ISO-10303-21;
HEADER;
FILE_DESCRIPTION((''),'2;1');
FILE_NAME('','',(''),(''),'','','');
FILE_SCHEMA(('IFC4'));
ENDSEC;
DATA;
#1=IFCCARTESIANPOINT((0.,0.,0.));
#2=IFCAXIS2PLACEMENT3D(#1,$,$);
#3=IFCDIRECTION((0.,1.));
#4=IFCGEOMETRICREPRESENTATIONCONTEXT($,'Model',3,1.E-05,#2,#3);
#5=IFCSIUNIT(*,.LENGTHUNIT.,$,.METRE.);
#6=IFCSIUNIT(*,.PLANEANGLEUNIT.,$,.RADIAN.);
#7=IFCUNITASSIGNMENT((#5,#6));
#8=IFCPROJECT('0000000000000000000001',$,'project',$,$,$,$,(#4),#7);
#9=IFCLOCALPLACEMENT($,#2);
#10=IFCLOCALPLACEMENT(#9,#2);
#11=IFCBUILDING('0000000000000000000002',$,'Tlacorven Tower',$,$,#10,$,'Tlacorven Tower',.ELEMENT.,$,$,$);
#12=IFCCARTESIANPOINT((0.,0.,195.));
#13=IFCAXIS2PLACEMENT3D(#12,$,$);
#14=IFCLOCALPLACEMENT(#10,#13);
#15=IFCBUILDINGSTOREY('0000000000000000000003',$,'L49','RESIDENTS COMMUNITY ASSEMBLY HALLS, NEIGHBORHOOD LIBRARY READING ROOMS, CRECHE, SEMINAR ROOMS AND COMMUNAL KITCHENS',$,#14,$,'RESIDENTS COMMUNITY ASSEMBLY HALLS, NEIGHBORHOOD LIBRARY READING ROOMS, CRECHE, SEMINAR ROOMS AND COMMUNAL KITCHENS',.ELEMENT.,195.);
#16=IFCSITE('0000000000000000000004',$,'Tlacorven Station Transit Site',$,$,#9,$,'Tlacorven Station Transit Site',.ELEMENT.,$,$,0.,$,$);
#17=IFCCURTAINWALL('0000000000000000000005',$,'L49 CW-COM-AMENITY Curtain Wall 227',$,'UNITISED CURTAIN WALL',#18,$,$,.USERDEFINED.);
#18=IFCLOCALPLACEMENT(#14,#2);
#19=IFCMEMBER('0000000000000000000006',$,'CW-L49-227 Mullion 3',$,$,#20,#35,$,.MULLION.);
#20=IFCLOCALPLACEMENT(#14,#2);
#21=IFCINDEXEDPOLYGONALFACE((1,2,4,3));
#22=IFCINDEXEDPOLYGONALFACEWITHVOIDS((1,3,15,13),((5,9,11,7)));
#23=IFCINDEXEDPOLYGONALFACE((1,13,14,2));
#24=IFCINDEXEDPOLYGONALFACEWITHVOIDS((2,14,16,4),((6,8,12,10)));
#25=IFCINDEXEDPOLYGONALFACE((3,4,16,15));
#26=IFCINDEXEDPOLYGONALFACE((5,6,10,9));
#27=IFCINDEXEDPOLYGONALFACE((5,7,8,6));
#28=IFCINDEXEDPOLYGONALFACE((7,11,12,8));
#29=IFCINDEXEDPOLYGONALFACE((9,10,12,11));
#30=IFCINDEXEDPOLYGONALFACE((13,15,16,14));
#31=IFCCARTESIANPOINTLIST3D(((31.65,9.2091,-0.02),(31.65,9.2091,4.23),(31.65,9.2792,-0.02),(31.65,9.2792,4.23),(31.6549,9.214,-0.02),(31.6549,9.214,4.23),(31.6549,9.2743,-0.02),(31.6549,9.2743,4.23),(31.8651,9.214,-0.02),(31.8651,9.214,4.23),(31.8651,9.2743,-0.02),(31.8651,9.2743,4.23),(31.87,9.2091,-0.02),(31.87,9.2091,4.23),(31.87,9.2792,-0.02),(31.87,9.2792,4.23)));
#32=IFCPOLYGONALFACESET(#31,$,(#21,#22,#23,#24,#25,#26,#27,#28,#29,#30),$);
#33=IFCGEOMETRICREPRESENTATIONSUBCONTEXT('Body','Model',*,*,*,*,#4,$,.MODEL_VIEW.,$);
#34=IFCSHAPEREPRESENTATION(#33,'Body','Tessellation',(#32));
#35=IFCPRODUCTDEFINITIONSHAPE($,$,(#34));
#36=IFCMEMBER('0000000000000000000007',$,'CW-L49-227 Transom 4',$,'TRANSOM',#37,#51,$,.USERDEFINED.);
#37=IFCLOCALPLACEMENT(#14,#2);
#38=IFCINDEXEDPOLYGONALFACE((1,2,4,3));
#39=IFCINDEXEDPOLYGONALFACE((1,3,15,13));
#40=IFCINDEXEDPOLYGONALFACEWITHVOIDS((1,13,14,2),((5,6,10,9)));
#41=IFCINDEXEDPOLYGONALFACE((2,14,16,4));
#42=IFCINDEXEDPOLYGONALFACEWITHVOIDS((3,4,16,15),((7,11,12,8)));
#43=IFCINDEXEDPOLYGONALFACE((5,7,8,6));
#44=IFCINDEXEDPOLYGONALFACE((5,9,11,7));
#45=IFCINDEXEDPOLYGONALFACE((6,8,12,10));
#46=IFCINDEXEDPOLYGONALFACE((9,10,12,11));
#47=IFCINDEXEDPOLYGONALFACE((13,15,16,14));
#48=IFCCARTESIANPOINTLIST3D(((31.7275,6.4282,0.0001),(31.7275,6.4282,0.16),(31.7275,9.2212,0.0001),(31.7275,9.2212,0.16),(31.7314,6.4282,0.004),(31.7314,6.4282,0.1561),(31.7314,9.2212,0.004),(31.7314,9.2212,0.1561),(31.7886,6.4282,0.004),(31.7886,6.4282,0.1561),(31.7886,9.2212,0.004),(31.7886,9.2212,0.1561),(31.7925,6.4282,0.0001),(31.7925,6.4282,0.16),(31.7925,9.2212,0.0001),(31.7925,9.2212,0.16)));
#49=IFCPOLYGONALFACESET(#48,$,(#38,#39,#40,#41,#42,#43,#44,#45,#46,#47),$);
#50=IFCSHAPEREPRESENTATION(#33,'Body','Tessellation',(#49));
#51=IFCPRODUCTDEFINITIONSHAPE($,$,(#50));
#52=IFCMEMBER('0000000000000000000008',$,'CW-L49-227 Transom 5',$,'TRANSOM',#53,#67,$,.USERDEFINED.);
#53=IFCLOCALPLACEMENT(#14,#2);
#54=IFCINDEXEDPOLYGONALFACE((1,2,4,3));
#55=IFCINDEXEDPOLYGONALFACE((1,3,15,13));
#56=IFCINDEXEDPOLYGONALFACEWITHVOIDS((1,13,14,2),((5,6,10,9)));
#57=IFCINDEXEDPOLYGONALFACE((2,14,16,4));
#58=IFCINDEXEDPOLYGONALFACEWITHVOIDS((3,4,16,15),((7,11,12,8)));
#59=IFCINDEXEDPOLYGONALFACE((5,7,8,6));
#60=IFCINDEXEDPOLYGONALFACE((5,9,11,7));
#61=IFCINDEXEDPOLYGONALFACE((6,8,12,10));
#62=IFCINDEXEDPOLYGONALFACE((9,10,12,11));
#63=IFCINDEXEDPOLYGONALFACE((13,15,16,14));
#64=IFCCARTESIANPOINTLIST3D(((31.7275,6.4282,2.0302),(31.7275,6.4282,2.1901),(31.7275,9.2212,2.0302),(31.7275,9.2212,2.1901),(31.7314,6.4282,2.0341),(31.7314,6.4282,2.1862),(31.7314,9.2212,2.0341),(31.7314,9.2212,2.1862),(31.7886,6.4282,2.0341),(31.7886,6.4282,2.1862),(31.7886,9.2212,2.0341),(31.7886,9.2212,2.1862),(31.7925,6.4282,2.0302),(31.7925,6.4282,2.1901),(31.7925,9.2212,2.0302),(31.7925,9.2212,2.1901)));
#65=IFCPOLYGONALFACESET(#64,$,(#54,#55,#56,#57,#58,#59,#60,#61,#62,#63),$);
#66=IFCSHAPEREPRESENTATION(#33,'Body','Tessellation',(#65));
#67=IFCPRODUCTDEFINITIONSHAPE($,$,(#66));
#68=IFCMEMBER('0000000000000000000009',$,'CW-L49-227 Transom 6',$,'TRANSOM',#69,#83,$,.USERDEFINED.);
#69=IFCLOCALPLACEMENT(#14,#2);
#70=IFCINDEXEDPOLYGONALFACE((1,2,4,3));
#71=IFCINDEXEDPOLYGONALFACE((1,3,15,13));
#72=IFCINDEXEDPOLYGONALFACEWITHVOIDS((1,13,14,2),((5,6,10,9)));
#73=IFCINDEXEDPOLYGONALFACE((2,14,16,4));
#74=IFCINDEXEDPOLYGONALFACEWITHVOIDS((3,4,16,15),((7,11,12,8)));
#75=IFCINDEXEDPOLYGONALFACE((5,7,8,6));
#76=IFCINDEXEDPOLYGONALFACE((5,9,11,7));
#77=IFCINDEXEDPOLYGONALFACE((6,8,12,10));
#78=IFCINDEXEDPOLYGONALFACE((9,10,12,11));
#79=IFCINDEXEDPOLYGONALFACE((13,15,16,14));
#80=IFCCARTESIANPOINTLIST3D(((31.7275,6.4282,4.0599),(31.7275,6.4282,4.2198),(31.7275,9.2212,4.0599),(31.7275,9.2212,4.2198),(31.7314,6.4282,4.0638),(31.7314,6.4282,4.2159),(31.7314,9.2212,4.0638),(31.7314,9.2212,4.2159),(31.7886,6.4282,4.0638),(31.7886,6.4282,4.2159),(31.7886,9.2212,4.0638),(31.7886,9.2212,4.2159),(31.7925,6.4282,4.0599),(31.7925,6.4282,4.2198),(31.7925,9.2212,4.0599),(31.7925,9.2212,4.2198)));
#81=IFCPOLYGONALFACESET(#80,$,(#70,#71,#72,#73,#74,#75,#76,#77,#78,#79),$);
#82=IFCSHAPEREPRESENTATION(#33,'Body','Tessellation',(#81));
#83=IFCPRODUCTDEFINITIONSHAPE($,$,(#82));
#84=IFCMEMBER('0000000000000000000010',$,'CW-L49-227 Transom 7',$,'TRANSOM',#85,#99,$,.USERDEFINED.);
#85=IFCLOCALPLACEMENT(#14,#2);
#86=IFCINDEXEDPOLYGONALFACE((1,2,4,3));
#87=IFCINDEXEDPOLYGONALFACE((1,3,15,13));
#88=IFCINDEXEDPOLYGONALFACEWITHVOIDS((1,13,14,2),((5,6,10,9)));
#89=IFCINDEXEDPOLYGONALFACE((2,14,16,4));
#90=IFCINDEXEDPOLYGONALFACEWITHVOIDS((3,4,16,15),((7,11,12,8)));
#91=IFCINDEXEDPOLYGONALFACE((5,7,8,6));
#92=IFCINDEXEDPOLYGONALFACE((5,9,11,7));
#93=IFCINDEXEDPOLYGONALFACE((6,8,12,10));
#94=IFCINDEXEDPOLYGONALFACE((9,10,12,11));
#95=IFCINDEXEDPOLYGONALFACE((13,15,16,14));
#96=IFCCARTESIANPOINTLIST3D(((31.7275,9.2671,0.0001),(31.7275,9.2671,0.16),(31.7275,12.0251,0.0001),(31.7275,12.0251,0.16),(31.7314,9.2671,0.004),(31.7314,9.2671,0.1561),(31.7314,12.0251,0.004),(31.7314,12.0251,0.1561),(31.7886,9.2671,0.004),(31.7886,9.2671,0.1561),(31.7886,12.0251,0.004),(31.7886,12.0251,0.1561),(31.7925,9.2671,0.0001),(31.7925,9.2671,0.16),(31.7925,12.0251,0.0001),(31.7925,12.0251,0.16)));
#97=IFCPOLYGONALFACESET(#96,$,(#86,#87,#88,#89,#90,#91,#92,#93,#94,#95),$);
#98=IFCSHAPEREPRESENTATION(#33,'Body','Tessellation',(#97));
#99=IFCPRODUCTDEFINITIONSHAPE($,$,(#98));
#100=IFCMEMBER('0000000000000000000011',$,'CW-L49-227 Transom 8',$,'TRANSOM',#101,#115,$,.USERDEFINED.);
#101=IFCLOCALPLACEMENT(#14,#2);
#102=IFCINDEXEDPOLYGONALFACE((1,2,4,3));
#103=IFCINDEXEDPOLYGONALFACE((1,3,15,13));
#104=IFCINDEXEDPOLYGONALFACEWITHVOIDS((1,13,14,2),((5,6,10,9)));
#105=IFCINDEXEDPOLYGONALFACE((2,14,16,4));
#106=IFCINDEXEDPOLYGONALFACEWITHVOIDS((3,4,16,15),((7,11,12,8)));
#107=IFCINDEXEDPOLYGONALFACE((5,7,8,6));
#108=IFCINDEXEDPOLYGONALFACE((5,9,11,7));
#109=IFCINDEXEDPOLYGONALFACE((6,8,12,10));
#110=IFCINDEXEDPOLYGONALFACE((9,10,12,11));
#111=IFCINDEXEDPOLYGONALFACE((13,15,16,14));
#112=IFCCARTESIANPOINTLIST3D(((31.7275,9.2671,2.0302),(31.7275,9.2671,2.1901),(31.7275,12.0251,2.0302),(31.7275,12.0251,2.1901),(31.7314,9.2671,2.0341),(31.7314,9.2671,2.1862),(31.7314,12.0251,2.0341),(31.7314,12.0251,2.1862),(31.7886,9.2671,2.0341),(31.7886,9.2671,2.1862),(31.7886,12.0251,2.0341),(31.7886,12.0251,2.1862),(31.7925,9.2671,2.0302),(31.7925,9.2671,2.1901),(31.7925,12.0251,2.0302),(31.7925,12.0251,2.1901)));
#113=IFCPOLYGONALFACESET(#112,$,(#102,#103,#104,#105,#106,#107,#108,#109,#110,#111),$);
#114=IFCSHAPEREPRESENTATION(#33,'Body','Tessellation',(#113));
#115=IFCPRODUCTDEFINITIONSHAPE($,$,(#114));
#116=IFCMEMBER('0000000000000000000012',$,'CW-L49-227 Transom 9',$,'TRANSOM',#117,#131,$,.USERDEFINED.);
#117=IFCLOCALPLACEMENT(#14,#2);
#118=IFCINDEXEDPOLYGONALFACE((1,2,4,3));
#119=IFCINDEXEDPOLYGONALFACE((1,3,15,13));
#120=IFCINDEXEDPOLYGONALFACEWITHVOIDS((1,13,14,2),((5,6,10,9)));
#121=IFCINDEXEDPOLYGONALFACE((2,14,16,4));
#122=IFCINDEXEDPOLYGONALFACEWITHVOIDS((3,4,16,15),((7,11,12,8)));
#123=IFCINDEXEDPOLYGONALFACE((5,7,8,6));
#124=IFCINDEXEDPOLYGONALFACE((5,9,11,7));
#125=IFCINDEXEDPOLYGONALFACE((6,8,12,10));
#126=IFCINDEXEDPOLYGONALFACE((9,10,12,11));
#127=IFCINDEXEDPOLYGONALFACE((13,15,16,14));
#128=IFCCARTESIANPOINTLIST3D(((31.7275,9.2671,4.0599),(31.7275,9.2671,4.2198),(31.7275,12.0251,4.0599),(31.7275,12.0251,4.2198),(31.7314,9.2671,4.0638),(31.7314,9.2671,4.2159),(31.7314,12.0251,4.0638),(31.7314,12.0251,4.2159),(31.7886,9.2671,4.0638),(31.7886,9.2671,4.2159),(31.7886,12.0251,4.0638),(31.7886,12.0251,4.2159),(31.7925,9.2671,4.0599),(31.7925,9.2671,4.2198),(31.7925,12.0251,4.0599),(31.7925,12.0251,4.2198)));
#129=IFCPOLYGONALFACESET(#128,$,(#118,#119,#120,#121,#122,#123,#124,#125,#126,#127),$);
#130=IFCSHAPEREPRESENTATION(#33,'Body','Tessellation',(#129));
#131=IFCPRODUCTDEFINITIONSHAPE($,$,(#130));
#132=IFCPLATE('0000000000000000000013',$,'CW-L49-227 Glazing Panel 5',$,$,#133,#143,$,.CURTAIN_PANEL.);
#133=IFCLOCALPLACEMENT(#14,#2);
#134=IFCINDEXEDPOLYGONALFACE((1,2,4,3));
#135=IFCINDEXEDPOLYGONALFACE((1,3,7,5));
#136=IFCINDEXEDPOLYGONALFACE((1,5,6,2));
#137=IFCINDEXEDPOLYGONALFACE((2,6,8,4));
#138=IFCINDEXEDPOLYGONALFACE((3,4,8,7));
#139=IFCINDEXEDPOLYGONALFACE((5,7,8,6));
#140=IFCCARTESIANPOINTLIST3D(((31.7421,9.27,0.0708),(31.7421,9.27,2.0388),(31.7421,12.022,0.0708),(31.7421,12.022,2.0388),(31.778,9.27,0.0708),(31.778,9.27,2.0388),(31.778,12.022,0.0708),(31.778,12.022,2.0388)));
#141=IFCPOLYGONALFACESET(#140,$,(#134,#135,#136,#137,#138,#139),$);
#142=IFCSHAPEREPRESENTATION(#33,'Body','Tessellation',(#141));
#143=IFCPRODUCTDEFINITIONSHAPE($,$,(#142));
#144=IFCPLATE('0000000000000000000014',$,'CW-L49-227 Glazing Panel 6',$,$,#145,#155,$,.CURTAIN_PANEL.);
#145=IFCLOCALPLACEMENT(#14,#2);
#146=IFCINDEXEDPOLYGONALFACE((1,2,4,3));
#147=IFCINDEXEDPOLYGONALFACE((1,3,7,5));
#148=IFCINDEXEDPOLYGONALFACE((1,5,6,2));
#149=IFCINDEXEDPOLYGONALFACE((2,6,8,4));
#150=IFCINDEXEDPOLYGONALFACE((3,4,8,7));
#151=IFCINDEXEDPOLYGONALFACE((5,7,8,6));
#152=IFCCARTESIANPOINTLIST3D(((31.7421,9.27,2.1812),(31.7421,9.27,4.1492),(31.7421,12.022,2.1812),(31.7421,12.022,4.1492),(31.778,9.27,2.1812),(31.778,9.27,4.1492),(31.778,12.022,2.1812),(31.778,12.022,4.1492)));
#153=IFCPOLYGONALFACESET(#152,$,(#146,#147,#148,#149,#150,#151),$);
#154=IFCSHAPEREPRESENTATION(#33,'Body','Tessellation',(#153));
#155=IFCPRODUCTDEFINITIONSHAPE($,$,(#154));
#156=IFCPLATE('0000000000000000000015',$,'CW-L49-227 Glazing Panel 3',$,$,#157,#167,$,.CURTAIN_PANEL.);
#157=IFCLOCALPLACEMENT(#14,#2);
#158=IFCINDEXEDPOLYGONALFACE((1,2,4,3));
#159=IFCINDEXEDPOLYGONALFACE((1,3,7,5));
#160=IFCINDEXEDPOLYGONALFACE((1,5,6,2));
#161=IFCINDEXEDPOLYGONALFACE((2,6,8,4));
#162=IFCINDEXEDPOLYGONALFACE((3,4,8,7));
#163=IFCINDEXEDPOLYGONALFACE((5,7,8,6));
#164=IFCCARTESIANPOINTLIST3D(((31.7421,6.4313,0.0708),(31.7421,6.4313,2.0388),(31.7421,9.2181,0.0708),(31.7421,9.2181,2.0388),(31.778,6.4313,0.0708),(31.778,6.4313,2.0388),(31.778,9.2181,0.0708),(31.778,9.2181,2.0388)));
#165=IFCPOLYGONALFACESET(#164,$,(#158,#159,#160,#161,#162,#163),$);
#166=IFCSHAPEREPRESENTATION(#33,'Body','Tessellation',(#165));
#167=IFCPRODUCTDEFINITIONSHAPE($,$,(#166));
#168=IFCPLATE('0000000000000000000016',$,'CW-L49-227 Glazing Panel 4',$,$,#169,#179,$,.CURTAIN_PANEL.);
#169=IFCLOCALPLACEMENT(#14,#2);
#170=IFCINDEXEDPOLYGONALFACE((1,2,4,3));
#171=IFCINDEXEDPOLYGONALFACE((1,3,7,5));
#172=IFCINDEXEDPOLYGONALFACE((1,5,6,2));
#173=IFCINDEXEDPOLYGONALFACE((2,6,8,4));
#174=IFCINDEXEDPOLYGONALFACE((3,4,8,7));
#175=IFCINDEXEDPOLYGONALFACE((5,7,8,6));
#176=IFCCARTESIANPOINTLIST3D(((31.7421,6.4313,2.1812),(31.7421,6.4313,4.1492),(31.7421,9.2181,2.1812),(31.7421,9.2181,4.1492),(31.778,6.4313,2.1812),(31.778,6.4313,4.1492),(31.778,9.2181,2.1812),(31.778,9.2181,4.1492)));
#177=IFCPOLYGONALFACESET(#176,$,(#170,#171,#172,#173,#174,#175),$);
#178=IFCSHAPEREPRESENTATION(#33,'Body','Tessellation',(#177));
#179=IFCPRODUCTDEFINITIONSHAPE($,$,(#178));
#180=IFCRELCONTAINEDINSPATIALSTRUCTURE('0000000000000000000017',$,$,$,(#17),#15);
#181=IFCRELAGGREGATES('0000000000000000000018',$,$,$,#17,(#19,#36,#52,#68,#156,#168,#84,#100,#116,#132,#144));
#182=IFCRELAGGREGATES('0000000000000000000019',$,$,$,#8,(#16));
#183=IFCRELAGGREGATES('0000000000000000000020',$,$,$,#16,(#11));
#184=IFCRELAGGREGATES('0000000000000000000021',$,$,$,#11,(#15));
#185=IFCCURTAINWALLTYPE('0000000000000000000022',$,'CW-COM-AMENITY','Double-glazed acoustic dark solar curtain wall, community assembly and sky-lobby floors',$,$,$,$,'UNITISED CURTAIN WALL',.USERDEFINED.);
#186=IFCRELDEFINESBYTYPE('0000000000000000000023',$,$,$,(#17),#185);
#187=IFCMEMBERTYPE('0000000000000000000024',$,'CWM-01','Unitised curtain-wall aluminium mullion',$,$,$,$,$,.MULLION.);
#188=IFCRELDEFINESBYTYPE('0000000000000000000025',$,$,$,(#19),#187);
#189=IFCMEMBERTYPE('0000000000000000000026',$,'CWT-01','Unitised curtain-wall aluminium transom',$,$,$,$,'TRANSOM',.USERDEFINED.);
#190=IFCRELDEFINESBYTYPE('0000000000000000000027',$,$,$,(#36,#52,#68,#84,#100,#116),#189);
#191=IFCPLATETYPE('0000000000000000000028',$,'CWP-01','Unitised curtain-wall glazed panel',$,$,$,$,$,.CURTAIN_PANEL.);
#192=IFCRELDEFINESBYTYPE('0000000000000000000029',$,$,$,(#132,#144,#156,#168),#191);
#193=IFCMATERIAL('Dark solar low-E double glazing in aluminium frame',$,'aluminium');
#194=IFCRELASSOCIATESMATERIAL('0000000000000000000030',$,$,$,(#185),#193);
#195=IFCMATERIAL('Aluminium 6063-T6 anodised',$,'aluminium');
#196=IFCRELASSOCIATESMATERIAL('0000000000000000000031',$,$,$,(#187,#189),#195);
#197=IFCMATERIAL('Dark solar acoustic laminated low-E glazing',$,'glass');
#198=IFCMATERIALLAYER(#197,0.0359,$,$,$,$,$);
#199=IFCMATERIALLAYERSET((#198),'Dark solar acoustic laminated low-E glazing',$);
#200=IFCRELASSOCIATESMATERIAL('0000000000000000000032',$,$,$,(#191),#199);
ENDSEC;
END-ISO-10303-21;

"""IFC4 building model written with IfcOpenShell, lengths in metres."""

from ifc_helpers import new_model, si_unit, direction, frame, origin, origin_2d, place, context, subcontext, project, spatial, rectangle, hollow_rectangle, extrude, source, transform, mapped, material, layer, layer_set, material_profile, profile_set, type_object, element, aggregate, save


model = new_model("IFC4")

# Units and contexts
model_context = context("Model", 3, precision=1e-05, world=origin(), true_north=direction((0.0, 1.0)))
body_context = subcontext(model_context, "Body", "Model", "MODEL_VIEW")
ifc_project = project(units=[si_unit("LENGTHUNIT", "METRE"), si_unit("PLANEANGLEUNIT", "RADIAN")], contexts=[model_context])

# Site, building, storey
site_placement = place(None, origin())
site = spatial("IfcSite", under=ifc_project, at=site_placement, Name="Tlacorven Station Transit Site", LongName="Tlacorven Station Transit Site", CompositionType="ELEMENT", RefElevation=0.0)
building_placement = place(site_placement, origin())
building = spatial("IfcBuilding", under=site, at=building_placement, Name="Tlacorven Tower", LongName="Tlacorven Tower", CompositionType="ELEMENT")
storey_placement = place(building_placement, frame((0.0, 0.0, 195.0)))
storey = spatial("IfcBuildingStorey", under=building, at=storey_placement, Name="L49", Description="RESIDENTS COMMUNITY ASSEMBLY HALLS, NEIGHBORHOOD LIBRARY READING ROOMS, CRECHE, SEMINAR ROOMS AND COMMUNAL KITCHENS", LongName="RESIDENTS COMMUNITY ASSEMBLY HALLS, NEIGHBORHOOD LIBRARY READING ROOMS, CRECHE, SEMINAR ROOMS AND COMMUNAL KITCHENS", CompositionType="ELEMENT", Elevation=195.0)

# Curtain wall, members, plates
ifc_material_1 = material(Name="Dark solar low-E double glazing in aluminium frame", Category="aluminium")
curtain_wall_type = type_object("IfcCurtainWallType", Name="CW-COM-AMENITY", Description="Double-glazed acoustic dark solar curtain wall, community assembly and sky-lobby floors", ElementType="UNITISED CURTAIN WALL", PredefinedType="USERDEFINED", material=ifc_material_1)
curtain_wall_placement = place(storey_placement, origin())
curtain_wall = element("IfcCurtainWall", 1, at=curtain_wall_placement, inside=storey, type_object=curtain_wall_type, Name="L49 CW-COM-AMENITY Curtain Wall 227", ObjectType="UNITISED CURTAIN WALL", PredefinedType="USERDEFINED")
ifc_material_2 = material(Name="Aluminium 6063-T6 anodised", Category="aluminium")
ifc_material_profile_1 = material_profile(ifc_material_2, hollow_rectangle(XDim=0.0701, YDim=0.22, WallThickness=0.0049, at=origin_2d()), Name="ALU MULLION 70X220")
ifc_profile_set_1 = profile_set([ifc_material_profile_1], Name="Aluminium 6063-T6 anodised")
member_type_1 = type_object("IfcMemberType", Name="CWM-01", Description="Unitised curtain-wall aluminium mullion", PredefinedType="MULLION", material=ifc_profile_set_1)
shared_shape_1 = source(origin(), body_context, "Body", "SweptSolid", [
    extrude(hollow_rectangle(XDim=0.0701, YDim=0.22, WallThickness=0.0049, at=origin_2d()), origin(), (0.0, 0.0, 1.0), 4.25),
])
member_1_placement = place(storey_placement, frame((31.76, 9.2441, -0.02), z_axis=(0.0, 0.0, 1.0), x_axis=(0.0, 1.0, 0.0)))
member_1 = element("IfcMember", 2, at=member_1_placement, type_object=member_type_1, Name="CW-L49-227 Mullion 3", PredefinedType="MULLION", context=body_context, shape_type="MappedRepresentation", body=[
    mapped(shared_shape_1, transform((0.0, 0.0, 0.0), scale=1.0)),
])
ifc_material_profile_2 = material_profile(ifc_material_2, hollow_rectangle(XDim=0.0649, YDim=0.1599, WallThickness=0.0039, at=origin_2d()), Name="ALU TRANSOM 65X160")
ifc_profile_set_2 = profile_set([ifc_material_profile_2], Name="Aluminium 6063-T6 anodised")
member_type_2 = type_object("IfcMemberType", Name="CWT-01", Description="Unitised curtain-wall aluminium transom", ElementType="TRANSOM", PredefinedType="USERDEFINED", material=ifc_profile_set_2)
shared_shape_2 = source(origin(), body_context, "Body", "SweptSolid", [
    extrude(hollow_rectangle(XDim=0.0649, YDim=0.1599, WallThickness=0.0039, at=origin_2d()), origin(), (0.0, 0.0, 1.0), 2.793),
])
member_2_placement = place(storey_placement, frame((31.76, 6.4282, 0.0801), z_axis=(0.0, 1.0, 0.0), x_axis=(-1.0, 0.0, 0.0)))
member_2 = element("IfcMember", 3, at=member_2_placement, type_object=member_type_2, Name="CW-L49-227 Transom 4", ObjectType="TRANSOM", PredefinedType="USERDEFINED", context=body_context, shape_type="MappedRepresentation", body=[
    mapped(shared_shape_2, transform((0.0, 0.0, 0.0), scale=1.0)),
])
member_3_placement = place(storey_placement, frame((31.76, 6.4282, 2.1101), z_axis=(0.0, 1.0, 0.0), x_axis=(-1.0, 0.0, 0.0)))
member_3 = element("IfcMember", 4, at=member_3_placement, type_object=member_type_2, Name="CW-L49-227 Transom 5", ObjectType="TRANSOM", PredefinedType="USERDEFINED", context=body_context, shape_type="MappedRepresentation", body=[
    mapped(shared_shape_2, transform((0.0, 0.0, 0.0), scale=1.0)),
])
member_4_placement = place(storey_placement, frame((31.76, 6.4282, 4.1399), z_axis=(0.0, 1.0, 0.0), x_axis=(-1.0, 0.0, 0.0)))
member_4 = element("IfcMember", 5, at=member_4_placement, type_object=member_type_2, Name="CW-L49-227 Transom 6", ObjectType="TRANSOM", PredefinedType="USERDEFINED", context=body_context, shape_type="MappedRepresentation", body=[
    mapped(shared_shape_2, transform((0.0, 0.0, 0.0), scale=1.0)),
])
shared_shape_3 = source(origin(), body_context, "Body", "SweptSolid", [
    extrude(hollow_rectangle(XDim=0.0649, YDim=0.1599, WallThickness=0.0039, at=origin_2d()), origin(), (0.0, 0.0, 1.0), 2.7581),
])
member_5_placement = place(storey_placement, frame((31.76, 9.2671, 0.0801), z_axis=(0.0, 1.0, 0.0), x_axis=(-1.0, 0.0, 0.0)))
member_5 = element("IfcMember", 6, at=member_5_placement, type_object=member_type_2, Name="CW-L49-227 Transom 7", ObjectType="TRANSOM", PredefinedType="USERDEFINED", context=body_context, shape_type="MappedRepresentation", body=[
    mapped(shared_shape_3, transform((0.0, 0.0, 0.0), scale=1.0)),
])
member_6_placement = place(storey_placement, frame((31.76, 9.2671, 2.1101), z_axis=(0.0, 1.0, 0.0), x_axis=(-1.0, 0.0, 0.0)))
member_6 = element("IfcMember", 7, at=member_6_placement, type_object=member_type_2, Name="CW-L49-227 Transom 8", ObjectType="TRANSOM", PredefinedType="USERDEFINED", context=body_context, shape_type="MappedRepresentation", body=[
    mapped(shared_shape_3, transform((0.0, 0.0, 0.0), scale=1.0)),
])
member_7_placement = place(storey_placement, frame((31.76, 9.2671, 4.1399), z_axis=(0.0, 1.0, 0.0), x_axis=(-1.0, 0.0, 0.0)))
member_7 = element("IfcMember", 8, at=member_7_placement, type_object=member_type_2, Name="CW-L49-227 Transom 9", ObjectType="TRANSOM", PredefinedType="USERDEFINED", context=body_context, shape_type="MappedRepresentation", body=[
    mapped(shared_shape_3, transform((0.0, 0.0, 0.0), scale=1.0)),
])
ifc_material_3 = material(Name="Dark solar acoustic laminated low-E glazing", Category="glass")
ifc_layer = layer(ifc_material_3, 0.0359)
ifc_layer_set = layer_set([ifc_layer], Name="Dark solar acoustic laminated low-E glazing")
plate_type = type_object("IfcPlateType", Name="CWP-01", Description="Unitised curtain-wall glazed panel", PredefinedType="CURTAIN_PANEL", material=ifc_layer_set)
shared_shape_4 = source(origin(), body_context, "Body", "SweptSolid", [
    extrude(rectangle(XDim=2.752, YDim=0.0359, at=origin_2d()), origin(), (0.0, 0.0, 1.0), 1.968),
])
plate_1_placement = place(storey_placement, frame((31.76, 10.646, 0.0708), z_axis=(0.0, 0.0, 1.0), x_axis=(0.0, 1.0, 0.0)))
plate_1 = element("IfcPlate", 9, at=plate_1_placement, type_object=plate_type, Name="CW-L49-227 Glazing Panel 5", PredefinedType="CURTAIN_PANEL", context=body_context, shape_type="MappedRepresentation", body=[
    mapped(shared_shape_4, transform((0.0, 0.0, 0.0), scale=1.0)),
])
plate_2_placement = place(storey_placement, frame((31.76, 10.646, 2.1812), z_axis=(0.0, 0.0, 1.0), x_axis=(0.0, 1.0, 0.0)))
plate_2 = element("IfcPlate", 10, at=plate_2_placement, type_object=plate_type, Name="CW-L49-227 Glazing Panel 6", PredefinedType="CURTAIN_PANEL", context=body_context, shape_type="MappedRepresentation", body=[
    mapped(shared_shape_4, transform((0.0, 0.0, 0.0), scale=1.0)),
])
shared_shape_5 = source(origin(), body_context, "Body", "SweptSolid", [
    extrude(rectangle(XDim=2.7869, YDim=0.0359, at=origin_2d()), origin(), (0.0, 0.0, 1.0), 1.968),
])
plate_3_placement = place(storey_placement, frame((31.76, 7.8247, 0.0708), z_axis=(0.0, 0.0, 1.0), x_axis=(0.0, 1.0, 0.0)))
plate_3 = element("IfcPlate", 11, at=plate_3_placement, type_object=plate_type, Name="CW-L49-227 Glazing Panel 3", PredefinedType="CURTAIN_PANEL", context=body_context, shape_type="MappedRepresentation", body=[
    mapped(shared_shape_5, transform((0.0, 0.0, 0.0), scale=1.0)),
])
plate_4_placement = place(storey_placement, frame((31.76, 7.8247, 2.1812), z_axis=(0.0, 0.0, 1.0), x_axis=(0.0, 1.0, 0.0)))
plate_4 = element("IfcPlate", 12, at=plate_4_placement, type_object=plate_type, Name="CW-L49-227 Glazing Panel 4", PredefinedType="CURTAIN_PANEL", context=body_context, shape_type="MappedRepresentation", body=[
    mapped(shared_shape_5, transform((0.0, 0.0, 0.0), scale=1.0)),
])
aggregate(curtain_wall, [member_1, member_2, member_3, member_4, plate_3, plate_4, member_5, member_6, member_7, plate_1, plate_2])

save(model, "model.ifc")
